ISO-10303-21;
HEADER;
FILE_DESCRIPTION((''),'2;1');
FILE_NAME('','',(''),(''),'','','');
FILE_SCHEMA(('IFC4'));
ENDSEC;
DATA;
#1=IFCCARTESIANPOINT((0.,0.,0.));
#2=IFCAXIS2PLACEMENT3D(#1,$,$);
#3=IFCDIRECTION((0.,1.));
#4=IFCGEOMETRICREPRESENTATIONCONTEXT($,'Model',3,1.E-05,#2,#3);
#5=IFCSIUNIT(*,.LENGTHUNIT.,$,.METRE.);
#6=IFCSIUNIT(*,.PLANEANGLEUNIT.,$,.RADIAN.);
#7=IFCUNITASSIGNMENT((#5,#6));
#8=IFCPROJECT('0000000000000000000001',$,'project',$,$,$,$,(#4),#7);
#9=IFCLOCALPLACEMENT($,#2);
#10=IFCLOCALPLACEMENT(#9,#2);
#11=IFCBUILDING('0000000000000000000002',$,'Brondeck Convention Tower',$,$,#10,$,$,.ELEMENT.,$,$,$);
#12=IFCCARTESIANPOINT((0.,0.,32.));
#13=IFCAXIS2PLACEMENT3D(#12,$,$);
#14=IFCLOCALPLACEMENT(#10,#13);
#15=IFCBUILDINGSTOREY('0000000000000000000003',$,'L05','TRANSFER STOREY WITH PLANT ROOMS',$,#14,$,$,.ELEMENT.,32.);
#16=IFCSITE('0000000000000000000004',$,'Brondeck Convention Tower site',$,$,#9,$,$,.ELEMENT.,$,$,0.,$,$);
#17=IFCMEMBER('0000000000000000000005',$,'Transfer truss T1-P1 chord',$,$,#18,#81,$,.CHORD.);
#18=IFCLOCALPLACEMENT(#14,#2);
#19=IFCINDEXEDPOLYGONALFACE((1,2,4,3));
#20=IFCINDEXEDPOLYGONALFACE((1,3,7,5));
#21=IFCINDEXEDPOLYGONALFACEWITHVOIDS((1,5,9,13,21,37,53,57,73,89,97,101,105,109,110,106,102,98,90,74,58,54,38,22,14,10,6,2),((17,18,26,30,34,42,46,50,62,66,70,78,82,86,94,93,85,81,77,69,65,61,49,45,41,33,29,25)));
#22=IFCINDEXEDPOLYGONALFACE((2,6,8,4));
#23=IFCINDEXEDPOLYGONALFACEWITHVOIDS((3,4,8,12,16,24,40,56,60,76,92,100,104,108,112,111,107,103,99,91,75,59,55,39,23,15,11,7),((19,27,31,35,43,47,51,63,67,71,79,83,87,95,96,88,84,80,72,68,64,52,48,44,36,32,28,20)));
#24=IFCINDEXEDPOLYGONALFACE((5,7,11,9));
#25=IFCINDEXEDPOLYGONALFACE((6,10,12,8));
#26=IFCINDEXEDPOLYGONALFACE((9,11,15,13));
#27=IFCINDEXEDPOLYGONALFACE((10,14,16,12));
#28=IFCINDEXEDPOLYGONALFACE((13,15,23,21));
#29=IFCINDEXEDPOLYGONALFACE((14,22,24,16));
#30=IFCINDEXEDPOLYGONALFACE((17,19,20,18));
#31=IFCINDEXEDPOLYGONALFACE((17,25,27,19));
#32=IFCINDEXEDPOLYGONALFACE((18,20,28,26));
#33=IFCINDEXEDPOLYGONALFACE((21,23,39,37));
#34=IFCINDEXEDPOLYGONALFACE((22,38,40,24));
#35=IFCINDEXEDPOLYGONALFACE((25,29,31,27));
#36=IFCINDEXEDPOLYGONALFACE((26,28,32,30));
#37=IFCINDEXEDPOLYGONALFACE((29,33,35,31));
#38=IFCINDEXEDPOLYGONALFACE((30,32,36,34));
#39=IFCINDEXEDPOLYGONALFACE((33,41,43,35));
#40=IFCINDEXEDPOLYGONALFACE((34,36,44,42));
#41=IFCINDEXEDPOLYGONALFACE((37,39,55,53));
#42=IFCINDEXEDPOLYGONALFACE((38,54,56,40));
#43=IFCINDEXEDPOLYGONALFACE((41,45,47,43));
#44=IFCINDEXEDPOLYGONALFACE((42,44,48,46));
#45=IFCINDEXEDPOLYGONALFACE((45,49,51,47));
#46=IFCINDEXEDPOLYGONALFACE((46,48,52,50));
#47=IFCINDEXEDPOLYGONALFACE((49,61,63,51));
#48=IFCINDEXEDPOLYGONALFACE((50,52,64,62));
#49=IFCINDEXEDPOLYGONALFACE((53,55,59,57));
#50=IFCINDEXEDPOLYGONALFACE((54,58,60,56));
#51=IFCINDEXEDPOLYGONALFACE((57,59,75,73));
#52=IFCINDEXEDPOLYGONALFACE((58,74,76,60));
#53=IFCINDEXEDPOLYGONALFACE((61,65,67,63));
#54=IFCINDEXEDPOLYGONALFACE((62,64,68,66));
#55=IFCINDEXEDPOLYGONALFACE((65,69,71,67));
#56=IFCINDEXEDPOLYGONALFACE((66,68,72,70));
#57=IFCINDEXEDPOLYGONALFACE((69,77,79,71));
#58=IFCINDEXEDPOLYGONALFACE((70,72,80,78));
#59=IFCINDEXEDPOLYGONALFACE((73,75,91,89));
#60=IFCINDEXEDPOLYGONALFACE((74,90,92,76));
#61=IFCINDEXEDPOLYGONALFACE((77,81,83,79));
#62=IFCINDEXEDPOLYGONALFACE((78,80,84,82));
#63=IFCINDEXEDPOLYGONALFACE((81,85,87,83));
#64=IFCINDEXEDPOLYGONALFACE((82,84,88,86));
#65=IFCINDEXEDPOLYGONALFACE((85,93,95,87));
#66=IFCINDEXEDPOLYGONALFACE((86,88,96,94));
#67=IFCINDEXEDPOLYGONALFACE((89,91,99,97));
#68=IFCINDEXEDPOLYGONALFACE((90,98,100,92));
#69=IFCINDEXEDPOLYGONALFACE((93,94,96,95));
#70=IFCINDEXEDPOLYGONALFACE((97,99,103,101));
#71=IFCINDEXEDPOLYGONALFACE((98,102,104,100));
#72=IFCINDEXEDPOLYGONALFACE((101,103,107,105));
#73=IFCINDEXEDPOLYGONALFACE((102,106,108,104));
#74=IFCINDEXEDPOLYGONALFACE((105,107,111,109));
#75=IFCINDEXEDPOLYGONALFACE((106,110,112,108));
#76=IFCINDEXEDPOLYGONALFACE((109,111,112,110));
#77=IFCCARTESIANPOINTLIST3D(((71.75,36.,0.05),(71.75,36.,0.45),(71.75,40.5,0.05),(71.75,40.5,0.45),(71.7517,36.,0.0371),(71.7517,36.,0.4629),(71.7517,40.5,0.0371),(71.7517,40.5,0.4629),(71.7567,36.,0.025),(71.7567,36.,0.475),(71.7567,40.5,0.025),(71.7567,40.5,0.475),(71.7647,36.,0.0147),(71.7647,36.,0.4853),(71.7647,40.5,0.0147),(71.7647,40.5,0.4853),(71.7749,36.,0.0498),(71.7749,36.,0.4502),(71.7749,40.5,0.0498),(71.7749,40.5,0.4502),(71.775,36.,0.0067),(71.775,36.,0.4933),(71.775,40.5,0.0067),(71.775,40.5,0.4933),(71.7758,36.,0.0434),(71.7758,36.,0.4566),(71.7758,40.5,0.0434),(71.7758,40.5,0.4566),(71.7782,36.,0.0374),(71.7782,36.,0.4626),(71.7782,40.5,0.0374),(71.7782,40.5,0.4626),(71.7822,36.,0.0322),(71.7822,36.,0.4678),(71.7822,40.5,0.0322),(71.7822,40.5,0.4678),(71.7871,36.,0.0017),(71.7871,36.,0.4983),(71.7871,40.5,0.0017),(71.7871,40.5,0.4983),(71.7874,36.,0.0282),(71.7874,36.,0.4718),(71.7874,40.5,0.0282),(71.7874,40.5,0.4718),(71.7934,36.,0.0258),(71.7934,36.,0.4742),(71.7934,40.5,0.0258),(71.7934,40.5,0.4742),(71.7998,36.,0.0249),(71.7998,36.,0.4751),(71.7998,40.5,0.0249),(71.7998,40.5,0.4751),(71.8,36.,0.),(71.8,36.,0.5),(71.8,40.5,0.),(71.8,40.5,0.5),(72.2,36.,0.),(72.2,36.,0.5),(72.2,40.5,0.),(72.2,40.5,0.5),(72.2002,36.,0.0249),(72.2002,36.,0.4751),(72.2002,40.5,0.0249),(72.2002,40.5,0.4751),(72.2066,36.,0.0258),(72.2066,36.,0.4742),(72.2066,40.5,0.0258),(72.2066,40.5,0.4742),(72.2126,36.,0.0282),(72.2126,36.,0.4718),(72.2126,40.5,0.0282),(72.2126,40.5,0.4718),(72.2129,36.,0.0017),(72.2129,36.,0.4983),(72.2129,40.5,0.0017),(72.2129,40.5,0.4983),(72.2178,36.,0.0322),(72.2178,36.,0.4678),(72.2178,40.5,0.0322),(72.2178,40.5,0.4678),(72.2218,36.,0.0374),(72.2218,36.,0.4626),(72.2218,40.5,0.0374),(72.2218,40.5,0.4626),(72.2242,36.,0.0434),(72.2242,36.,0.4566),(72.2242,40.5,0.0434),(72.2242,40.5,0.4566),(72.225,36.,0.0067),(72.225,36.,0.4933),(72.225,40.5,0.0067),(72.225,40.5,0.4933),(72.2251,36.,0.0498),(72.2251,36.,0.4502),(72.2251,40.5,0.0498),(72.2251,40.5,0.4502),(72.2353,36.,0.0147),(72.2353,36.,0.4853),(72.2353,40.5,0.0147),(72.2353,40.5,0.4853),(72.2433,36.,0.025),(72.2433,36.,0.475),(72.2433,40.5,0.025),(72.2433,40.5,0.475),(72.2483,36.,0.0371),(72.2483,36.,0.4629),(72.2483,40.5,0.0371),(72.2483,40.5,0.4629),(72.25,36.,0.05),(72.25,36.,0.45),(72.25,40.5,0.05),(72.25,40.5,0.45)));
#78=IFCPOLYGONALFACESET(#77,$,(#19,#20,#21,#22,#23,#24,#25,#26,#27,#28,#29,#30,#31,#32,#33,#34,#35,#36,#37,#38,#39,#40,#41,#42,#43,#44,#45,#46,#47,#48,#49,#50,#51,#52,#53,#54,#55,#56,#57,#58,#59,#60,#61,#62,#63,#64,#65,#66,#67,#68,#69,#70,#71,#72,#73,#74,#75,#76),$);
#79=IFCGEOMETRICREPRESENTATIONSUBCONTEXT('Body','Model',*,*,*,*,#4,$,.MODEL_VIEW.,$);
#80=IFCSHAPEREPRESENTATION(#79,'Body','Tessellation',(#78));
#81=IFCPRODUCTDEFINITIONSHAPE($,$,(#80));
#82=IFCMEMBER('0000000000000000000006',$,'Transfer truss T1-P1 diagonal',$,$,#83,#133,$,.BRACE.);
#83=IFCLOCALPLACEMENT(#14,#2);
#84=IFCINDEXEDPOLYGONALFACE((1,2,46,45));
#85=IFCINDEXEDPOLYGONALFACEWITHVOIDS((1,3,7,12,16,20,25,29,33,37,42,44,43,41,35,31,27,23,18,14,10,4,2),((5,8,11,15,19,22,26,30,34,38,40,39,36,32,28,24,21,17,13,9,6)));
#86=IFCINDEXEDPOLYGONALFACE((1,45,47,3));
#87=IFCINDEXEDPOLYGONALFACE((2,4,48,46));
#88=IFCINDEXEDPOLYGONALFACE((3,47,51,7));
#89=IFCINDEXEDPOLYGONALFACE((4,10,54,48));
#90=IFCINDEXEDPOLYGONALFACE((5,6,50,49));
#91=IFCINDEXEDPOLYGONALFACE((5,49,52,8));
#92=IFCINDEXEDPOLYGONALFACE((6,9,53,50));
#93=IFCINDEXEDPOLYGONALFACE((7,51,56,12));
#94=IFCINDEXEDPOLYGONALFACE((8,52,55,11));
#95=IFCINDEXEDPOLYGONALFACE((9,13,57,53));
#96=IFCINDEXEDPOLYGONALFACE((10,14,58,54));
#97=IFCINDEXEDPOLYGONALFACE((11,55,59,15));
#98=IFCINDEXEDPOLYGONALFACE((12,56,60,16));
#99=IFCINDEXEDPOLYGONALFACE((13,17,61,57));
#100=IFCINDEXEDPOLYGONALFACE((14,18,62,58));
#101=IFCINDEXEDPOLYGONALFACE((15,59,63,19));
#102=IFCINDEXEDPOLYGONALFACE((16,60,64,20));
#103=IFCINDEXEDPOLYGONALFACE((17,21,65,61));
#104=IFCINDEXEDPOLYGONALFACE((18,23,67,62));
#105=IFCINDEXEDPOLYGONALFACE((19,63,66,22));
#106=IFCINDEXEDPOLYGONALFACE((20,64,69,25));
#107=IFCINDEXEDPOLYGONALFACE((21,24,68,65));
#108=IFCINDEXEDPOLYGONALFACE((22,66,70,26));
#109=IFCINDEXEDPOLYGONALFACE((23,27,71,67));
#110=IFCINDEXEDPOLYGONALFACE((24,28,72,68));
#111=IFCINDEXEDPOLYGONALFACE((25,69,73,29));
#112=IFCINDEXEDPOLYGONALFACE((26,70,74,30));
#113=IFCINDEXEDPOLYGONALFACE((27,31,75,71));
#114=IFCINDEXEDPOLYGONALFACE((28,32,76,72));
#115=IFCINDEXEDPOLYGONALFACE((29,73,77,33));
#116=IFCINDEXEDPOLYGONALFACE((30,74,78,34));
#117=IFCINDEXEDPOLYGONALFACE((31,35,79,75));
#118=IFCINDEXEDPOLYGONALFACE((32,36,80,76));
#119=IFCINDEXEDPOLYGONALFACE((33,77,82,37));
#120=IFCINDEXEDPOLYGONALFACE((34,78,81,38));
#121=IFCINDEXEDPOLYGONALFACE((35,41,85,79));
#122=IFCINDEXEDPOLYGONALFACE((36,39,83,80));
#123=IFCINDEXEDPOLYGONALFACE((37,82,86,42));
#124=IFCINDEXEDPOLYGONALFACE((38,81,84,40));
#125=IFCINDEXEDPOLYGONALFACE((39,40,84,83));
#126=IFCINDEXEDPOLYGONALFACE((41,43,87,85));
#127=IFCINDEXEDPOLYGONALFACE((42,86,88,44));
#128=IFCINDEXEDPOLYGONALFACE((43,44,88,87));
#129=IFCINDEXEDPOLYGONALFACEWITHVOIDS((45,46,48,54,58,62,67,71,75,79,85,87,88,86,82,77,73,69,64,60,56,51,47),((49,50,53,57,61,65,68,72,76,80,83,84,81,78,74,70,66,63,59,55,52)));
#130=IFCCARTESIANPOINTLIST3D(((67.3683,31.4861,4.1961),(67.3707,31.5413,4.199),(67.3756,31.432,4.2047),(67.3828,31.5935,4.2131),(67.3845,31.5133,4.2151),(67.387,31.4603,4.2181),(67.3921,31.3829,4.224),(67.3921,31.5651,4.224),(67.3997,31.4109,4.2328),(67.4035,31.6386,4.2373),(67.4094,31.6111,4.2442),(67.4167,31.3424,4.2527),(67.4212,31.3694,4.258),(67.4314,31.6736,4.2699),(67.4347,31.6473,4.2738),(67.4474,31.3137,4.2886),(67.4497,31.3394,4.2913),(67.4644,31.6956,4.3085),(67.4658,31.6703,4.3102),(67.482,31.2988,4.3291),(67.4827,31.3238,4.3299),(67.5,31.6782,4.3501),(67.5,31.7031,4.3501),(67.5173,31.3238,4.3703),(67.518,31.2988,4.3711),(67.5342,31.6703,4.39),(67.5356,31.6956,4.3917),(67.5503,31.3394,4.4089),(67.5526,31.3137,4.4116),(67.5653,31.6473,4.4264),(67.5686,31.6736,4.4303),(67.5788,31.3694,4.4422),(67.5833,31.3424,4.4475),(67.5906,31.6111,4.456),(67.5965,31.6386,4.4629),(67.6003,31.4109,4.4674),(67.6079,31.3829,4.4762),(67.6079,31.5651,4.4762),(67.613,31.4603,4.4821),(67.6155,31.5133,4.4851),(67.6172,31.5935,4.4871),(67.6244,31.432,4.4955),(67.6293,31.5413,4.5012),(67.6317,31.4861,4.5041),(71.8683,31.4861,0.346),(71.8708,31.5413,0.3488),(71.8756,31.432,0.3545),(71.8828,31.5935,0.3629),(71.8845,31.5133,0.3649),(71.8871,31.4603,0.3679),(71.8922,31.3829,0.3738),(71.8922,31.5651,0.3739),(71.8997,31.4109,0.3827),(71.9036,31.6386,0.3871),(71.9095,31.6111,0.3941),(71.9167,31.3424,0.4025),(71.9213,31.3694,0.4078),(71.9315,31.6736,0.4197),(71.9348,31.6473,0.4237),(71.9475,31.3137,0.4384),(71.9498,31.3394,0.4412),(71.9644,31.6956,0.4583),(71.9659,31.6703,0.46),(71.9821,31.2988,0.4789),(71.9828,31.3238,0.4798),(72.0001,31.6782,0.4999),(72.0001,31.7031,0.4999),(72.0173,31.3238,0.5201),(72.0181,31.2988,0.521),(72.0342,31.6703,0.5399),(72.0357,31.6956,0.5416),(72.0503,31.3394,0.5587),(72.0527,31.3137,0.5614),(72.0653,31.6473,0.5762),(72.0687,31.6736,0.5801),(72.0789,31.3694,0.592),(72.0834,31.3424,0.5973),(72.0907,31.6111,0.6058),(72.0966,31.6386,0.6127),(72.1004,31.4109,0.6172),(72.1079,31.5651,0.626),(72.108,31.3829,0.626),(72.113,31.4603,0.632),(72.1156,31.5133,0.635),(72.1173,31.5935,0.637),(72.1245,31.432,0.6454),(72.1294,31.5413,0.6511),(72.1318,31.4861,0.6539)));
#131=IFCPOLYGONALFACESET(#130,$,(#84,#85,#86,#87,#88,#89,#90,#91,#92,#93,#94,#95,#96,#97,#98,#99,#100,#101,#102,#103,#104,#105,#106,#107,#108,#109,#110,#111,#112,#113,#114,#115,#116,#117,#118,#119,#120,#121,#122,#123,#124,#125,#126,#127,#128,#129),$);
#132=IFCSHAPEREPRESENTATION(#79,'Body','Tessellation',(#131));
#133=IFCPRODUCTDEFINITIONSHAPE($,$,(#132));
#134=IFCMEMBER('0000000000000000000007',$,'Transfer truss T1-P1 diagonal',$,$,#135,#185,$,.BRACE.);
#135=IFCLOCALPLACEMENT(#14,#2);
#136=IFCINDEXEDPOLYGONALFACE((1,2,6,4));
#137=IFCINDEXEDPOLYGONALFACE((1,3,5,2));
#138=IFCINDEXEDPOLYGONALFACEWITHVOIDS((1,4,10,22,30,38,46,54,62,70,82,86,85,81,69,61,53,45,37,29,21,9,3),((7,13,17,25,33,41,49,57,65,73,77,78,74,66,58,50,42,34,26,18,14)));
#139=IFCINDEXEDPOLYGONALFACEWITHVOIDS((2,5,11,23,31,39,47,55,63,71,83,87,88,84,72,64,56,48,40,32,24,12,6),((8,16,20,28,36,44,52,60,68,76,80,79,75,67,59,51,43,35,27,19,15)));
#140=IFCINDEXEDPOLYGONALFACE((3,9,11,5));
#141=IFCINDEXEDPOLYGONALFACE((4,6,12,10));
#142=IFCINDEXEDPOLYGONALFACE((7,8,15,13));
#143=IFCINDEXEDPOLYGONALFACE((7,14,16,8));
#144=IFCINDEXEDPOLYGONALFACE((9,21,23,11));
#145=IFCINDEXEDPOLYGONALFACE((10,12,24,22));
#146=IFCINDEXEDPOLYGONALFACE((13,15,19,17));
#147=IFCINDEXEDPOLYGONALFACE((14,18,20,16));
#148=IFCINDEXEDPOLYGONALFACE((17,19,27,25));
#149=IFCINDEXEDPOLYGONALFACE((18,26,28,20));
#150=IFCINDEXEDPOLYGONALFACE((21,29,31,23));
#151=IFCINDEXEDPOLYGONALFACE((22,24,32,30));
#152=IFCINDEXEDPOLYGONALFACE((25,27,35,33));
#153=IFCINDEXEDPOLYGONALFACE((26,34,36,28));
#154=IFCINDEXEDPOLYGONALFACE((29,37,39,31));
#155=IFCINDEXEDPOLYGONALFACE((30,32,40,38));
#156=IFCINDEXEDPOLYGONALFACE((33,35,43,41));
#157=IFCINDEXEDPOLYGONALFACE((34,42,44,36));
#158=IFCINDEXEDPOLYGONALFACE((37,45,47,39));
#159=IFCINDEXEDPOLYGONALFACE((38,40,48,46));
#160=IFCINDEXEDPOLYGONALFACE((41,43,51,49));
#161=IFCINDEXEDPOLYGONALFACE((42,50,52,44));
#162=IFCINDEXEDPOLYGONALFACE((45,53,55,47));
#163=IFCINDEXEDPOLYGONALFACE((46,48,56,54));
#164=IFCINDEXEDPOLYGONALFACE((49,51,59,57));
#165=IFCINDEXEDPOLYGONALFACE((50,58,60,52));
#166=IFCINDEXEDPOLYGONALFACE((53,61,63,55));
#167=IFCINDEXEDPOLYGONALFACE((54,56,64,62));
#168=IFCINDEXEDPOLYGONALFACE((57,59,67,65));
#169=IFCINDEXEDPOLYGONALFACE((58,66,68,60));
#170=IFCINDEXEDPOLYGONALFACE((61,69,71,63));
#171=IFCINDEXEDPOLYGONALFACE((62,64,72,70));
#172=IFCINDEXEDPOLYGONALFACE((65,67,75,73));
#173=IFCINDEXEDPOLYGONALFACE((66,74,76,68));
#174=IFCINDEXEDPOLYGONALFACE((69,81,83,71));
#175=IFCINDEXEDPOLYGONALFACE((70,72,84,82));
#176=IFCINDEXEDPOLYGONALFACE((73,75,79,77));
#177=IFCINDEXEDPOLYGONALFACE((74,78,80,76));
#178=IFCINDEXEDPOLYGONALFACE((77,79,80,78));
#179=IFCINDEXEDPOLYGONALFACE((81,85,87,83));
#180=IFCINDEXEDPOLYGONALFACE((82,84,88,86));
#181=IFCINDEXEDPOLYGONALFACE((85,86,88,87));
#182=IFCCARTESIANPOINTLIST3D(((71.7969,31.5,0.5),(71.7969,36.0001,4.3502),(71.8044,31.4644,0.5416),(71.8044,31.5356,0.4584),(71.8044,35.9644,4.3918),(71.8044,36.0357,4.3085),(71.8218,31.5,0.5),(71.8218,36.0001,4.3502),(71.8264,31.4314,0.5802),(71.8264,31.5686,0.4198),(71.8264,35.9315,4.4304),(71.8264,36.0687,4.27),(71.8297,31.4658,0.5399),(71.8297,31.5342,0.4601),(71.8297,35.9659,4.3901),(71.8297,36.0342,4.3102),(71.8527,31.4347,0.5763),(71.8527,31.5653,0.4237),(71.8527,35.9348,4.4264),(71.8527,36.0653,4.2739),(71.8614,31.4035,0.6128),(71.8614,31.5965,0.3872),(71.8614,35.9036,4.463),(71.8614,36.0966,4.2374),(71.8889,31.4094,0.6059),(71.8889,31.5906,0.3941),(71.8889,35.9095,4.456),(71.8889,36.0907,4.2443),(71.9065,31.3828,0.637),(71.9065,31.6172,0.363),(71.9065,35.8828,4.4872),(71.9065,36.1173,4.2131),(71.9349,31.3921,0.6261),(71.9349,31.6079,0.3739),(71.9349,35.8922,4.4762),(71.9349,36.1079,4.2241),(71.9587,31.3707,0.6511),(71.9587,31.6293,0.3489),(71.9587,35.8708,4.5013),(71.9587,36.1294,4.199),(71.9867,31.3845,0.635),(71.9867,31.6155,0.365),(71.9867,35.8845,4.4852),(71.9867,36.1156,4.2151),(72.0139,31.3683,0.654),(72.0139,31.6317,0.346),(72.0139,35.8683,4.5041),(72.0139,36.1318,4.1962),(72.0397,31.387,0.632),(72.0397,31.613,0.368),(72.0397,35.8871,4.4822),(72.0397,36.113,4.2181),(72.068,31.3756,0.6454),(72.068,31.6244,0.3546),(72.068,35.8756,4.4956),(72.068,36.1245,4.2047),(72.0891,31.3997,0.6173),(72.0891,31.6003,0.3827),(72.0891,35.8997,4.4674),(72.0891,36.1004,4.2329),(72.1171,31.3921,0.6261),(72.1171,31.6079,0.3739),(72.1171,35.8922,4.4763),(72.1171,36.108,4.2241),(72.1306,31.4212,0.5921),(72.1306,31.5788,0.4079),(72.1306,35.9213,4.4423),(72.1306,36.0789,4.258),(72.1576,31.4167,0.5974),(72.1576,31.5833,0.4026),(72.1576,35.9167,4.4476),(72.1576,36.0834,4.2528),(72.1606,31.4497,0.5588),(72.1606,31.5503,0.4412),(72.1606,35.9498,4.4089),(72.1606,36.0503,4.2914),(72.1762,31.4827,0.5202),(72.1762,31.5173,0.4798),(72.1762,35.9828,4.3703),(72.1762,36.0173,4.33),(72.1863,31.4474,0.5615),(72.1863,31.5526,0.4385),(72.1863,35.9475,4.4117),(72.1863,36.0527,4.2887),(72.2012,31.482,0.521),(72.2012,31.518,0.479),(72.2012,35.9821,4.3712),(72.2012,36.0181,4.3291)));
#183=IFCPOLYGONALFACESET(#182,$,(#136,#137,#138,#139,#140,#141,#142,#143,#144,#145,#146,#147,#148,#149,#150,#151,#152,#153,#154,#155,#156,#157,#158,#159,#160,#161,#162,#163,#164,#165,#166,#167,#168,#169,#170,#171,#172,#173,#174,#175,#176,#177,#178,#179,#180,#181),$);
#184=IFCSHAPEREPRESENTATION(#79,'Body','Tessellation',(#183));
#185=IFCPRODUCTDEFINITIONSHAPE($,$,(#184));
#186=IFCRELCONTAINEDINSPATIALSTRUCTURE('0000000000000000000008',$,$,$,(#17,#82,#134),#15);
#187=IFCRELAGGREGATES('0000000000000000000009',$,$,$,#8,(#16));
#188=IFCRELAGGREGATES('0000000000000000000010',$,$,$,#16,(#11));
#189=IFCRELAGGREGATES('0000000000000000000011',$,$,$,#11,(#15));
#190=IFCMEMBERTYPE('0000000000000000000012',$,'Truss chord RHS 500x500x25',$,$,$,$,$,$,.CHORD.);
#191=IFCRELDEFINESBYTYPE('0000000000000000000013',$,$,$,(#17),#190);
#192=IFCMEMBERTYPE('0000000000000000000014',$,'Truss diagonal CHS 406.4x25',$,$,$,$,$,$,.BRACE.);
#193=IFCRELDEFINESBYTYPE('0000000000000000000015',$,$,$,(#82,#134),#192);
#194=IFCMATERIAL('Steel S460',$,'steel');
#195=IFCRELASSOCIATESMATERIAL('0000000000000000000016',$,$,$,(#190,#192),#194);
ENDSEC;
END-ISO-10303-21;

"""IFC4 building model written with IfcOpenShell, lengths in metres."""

from ifc_helpers import new_model, si_unit, direction, frame, origin, origin_2d, place, context, subcontext, project, spatial, hollow_rectangle, hollow_circle, extrude, material, material_profile, profile_set, type_object, element, save


model = new_model("IFC4")

# Units and contexts
model_context = context("Model", 3, precision=1e-05, world=origin(), true_north=direction((0.0, 1.0)))
body_context = subcontext(model_context, "Body", "Model", "MODEL_VIEW")
ifc_project = project(units=[si_unit("LENGTHUNIT", "METRE"), si_unit("PLANEANGLEUNIT", "RADIAN")], contexts=[model_context])

# Site, building, storey
site_placement = place(None, origin())
site = spatial("IfcSite", under=ifc_project, at=site_placement, Name="Brondeck Convention Tower site", CompositionType="ELEMENT", RefElevation=0.0)
building_placement = place(site_placement, origin())
building = spatial("IfcBuilding", under=site, at=building_placement, Name="Brondeck Convention Tower", CompositionType="ELEMENT")
storey_placement = place(building_placement, frame((0.0, 0.0, 32.0)))
storey = spatial("IfcBuildingStorey", under=building, at=storey_placement, Name="L05", Description="TRANSFER STOREY WITH PLANT ROOMS", CompositionType="ELEMENT", Elevation=32.0)

# Shared definitions
ifc_material_1 = material(Name="Steel S460", Category="steel")

# Members
ifc_material_profile_1 = material_profile(ifc_material_1, hollow_rectangle(XDim=0.5, YDim=0.5, WallThickness=0.0249, InnerFilletRadius=0.0249, OuterFilletRadius=0.05, at=origin_2d()), Name="RHS 500x500x25")
ifc_profile_set_1 = profile_set([ifc_material_profile_1], Name="Steel S460")
member_type_1 = type_object("IfcMemberType", Name="Truss chord RHS 500x500x25", PredefinedType="CHORD", material=ifc_profile_set_1)
for number, where, z_axis, x_axis, name in (
    (1, (72.0, 36.0, 0.25), (0.0, 1.0, 0.0), (-1.0, 0.0, 0.0), "Transfer truss T1-P1 chord"),
):
    element("IfcMember", number, at=place(storey_placement, frame(where, z_axis=z_axis, x_axis=x_axis)), inside=storey, type_object=member_type_1, Name=name, PredefinedType="CHORD", context=body_context, shape_type="SweptSolid", body=[
        extrude(hollow_rectangle(XDim=0.5, YDim=0.5, WallThickness=0.0249, InnerFilletRadius=0.0249, OuterFilletRadius=0.05, at=origin_2d()), origin(), (0.0, 0.0, 1.0), 4.5),
    ])
ifc_material_profile_2 = material_profile(ifc_material_1, hollow_circle(Radius=0.2031, WallThickness=0.0249, at=origin_2d()), Name="CHS 406.4x25")
ifc_profile_set_2 = profile_set([ifc_material_profile_2], Name="Steel S460")
member_type_2 = type_object("IfcMemberType", Name="Truss diagonal CHS 406.4x25", PredefinedType="BRACE", material=ifc_profile_set_2)
for number, where, z_axis, x_axis, name in (
    (2, (67.5, 31.5, 4.3501), (0.759844, 0.0, -0.650105), (0.0, 1.0, 0.0), "Transfer truss T1-P1 diagonal"),
    (3, (72.0, 31.5, 0.5), (0.0, 0.759844, 0.650105), (-1.0, 0.0, 0.0), "Transfer truss T1-P1 diagonal"),
):
    element("IfcMember", number, at=place(storey_placement, frame(where, z_axis=z_axis, x_axis=x_axis)), inside=storey, type_object=member_type_2, Name=name, PredefinedType="BRACE", context=body_context, shape_type="SweptSolid", body=[
        extrude(hollow_circle(Radius=0.2031, WallThickness=0.0249, at=origin_2d()), origin(), (0.0, 0.0, 1.0), 5.9224),
    ])

save(model, "model.ifc")
